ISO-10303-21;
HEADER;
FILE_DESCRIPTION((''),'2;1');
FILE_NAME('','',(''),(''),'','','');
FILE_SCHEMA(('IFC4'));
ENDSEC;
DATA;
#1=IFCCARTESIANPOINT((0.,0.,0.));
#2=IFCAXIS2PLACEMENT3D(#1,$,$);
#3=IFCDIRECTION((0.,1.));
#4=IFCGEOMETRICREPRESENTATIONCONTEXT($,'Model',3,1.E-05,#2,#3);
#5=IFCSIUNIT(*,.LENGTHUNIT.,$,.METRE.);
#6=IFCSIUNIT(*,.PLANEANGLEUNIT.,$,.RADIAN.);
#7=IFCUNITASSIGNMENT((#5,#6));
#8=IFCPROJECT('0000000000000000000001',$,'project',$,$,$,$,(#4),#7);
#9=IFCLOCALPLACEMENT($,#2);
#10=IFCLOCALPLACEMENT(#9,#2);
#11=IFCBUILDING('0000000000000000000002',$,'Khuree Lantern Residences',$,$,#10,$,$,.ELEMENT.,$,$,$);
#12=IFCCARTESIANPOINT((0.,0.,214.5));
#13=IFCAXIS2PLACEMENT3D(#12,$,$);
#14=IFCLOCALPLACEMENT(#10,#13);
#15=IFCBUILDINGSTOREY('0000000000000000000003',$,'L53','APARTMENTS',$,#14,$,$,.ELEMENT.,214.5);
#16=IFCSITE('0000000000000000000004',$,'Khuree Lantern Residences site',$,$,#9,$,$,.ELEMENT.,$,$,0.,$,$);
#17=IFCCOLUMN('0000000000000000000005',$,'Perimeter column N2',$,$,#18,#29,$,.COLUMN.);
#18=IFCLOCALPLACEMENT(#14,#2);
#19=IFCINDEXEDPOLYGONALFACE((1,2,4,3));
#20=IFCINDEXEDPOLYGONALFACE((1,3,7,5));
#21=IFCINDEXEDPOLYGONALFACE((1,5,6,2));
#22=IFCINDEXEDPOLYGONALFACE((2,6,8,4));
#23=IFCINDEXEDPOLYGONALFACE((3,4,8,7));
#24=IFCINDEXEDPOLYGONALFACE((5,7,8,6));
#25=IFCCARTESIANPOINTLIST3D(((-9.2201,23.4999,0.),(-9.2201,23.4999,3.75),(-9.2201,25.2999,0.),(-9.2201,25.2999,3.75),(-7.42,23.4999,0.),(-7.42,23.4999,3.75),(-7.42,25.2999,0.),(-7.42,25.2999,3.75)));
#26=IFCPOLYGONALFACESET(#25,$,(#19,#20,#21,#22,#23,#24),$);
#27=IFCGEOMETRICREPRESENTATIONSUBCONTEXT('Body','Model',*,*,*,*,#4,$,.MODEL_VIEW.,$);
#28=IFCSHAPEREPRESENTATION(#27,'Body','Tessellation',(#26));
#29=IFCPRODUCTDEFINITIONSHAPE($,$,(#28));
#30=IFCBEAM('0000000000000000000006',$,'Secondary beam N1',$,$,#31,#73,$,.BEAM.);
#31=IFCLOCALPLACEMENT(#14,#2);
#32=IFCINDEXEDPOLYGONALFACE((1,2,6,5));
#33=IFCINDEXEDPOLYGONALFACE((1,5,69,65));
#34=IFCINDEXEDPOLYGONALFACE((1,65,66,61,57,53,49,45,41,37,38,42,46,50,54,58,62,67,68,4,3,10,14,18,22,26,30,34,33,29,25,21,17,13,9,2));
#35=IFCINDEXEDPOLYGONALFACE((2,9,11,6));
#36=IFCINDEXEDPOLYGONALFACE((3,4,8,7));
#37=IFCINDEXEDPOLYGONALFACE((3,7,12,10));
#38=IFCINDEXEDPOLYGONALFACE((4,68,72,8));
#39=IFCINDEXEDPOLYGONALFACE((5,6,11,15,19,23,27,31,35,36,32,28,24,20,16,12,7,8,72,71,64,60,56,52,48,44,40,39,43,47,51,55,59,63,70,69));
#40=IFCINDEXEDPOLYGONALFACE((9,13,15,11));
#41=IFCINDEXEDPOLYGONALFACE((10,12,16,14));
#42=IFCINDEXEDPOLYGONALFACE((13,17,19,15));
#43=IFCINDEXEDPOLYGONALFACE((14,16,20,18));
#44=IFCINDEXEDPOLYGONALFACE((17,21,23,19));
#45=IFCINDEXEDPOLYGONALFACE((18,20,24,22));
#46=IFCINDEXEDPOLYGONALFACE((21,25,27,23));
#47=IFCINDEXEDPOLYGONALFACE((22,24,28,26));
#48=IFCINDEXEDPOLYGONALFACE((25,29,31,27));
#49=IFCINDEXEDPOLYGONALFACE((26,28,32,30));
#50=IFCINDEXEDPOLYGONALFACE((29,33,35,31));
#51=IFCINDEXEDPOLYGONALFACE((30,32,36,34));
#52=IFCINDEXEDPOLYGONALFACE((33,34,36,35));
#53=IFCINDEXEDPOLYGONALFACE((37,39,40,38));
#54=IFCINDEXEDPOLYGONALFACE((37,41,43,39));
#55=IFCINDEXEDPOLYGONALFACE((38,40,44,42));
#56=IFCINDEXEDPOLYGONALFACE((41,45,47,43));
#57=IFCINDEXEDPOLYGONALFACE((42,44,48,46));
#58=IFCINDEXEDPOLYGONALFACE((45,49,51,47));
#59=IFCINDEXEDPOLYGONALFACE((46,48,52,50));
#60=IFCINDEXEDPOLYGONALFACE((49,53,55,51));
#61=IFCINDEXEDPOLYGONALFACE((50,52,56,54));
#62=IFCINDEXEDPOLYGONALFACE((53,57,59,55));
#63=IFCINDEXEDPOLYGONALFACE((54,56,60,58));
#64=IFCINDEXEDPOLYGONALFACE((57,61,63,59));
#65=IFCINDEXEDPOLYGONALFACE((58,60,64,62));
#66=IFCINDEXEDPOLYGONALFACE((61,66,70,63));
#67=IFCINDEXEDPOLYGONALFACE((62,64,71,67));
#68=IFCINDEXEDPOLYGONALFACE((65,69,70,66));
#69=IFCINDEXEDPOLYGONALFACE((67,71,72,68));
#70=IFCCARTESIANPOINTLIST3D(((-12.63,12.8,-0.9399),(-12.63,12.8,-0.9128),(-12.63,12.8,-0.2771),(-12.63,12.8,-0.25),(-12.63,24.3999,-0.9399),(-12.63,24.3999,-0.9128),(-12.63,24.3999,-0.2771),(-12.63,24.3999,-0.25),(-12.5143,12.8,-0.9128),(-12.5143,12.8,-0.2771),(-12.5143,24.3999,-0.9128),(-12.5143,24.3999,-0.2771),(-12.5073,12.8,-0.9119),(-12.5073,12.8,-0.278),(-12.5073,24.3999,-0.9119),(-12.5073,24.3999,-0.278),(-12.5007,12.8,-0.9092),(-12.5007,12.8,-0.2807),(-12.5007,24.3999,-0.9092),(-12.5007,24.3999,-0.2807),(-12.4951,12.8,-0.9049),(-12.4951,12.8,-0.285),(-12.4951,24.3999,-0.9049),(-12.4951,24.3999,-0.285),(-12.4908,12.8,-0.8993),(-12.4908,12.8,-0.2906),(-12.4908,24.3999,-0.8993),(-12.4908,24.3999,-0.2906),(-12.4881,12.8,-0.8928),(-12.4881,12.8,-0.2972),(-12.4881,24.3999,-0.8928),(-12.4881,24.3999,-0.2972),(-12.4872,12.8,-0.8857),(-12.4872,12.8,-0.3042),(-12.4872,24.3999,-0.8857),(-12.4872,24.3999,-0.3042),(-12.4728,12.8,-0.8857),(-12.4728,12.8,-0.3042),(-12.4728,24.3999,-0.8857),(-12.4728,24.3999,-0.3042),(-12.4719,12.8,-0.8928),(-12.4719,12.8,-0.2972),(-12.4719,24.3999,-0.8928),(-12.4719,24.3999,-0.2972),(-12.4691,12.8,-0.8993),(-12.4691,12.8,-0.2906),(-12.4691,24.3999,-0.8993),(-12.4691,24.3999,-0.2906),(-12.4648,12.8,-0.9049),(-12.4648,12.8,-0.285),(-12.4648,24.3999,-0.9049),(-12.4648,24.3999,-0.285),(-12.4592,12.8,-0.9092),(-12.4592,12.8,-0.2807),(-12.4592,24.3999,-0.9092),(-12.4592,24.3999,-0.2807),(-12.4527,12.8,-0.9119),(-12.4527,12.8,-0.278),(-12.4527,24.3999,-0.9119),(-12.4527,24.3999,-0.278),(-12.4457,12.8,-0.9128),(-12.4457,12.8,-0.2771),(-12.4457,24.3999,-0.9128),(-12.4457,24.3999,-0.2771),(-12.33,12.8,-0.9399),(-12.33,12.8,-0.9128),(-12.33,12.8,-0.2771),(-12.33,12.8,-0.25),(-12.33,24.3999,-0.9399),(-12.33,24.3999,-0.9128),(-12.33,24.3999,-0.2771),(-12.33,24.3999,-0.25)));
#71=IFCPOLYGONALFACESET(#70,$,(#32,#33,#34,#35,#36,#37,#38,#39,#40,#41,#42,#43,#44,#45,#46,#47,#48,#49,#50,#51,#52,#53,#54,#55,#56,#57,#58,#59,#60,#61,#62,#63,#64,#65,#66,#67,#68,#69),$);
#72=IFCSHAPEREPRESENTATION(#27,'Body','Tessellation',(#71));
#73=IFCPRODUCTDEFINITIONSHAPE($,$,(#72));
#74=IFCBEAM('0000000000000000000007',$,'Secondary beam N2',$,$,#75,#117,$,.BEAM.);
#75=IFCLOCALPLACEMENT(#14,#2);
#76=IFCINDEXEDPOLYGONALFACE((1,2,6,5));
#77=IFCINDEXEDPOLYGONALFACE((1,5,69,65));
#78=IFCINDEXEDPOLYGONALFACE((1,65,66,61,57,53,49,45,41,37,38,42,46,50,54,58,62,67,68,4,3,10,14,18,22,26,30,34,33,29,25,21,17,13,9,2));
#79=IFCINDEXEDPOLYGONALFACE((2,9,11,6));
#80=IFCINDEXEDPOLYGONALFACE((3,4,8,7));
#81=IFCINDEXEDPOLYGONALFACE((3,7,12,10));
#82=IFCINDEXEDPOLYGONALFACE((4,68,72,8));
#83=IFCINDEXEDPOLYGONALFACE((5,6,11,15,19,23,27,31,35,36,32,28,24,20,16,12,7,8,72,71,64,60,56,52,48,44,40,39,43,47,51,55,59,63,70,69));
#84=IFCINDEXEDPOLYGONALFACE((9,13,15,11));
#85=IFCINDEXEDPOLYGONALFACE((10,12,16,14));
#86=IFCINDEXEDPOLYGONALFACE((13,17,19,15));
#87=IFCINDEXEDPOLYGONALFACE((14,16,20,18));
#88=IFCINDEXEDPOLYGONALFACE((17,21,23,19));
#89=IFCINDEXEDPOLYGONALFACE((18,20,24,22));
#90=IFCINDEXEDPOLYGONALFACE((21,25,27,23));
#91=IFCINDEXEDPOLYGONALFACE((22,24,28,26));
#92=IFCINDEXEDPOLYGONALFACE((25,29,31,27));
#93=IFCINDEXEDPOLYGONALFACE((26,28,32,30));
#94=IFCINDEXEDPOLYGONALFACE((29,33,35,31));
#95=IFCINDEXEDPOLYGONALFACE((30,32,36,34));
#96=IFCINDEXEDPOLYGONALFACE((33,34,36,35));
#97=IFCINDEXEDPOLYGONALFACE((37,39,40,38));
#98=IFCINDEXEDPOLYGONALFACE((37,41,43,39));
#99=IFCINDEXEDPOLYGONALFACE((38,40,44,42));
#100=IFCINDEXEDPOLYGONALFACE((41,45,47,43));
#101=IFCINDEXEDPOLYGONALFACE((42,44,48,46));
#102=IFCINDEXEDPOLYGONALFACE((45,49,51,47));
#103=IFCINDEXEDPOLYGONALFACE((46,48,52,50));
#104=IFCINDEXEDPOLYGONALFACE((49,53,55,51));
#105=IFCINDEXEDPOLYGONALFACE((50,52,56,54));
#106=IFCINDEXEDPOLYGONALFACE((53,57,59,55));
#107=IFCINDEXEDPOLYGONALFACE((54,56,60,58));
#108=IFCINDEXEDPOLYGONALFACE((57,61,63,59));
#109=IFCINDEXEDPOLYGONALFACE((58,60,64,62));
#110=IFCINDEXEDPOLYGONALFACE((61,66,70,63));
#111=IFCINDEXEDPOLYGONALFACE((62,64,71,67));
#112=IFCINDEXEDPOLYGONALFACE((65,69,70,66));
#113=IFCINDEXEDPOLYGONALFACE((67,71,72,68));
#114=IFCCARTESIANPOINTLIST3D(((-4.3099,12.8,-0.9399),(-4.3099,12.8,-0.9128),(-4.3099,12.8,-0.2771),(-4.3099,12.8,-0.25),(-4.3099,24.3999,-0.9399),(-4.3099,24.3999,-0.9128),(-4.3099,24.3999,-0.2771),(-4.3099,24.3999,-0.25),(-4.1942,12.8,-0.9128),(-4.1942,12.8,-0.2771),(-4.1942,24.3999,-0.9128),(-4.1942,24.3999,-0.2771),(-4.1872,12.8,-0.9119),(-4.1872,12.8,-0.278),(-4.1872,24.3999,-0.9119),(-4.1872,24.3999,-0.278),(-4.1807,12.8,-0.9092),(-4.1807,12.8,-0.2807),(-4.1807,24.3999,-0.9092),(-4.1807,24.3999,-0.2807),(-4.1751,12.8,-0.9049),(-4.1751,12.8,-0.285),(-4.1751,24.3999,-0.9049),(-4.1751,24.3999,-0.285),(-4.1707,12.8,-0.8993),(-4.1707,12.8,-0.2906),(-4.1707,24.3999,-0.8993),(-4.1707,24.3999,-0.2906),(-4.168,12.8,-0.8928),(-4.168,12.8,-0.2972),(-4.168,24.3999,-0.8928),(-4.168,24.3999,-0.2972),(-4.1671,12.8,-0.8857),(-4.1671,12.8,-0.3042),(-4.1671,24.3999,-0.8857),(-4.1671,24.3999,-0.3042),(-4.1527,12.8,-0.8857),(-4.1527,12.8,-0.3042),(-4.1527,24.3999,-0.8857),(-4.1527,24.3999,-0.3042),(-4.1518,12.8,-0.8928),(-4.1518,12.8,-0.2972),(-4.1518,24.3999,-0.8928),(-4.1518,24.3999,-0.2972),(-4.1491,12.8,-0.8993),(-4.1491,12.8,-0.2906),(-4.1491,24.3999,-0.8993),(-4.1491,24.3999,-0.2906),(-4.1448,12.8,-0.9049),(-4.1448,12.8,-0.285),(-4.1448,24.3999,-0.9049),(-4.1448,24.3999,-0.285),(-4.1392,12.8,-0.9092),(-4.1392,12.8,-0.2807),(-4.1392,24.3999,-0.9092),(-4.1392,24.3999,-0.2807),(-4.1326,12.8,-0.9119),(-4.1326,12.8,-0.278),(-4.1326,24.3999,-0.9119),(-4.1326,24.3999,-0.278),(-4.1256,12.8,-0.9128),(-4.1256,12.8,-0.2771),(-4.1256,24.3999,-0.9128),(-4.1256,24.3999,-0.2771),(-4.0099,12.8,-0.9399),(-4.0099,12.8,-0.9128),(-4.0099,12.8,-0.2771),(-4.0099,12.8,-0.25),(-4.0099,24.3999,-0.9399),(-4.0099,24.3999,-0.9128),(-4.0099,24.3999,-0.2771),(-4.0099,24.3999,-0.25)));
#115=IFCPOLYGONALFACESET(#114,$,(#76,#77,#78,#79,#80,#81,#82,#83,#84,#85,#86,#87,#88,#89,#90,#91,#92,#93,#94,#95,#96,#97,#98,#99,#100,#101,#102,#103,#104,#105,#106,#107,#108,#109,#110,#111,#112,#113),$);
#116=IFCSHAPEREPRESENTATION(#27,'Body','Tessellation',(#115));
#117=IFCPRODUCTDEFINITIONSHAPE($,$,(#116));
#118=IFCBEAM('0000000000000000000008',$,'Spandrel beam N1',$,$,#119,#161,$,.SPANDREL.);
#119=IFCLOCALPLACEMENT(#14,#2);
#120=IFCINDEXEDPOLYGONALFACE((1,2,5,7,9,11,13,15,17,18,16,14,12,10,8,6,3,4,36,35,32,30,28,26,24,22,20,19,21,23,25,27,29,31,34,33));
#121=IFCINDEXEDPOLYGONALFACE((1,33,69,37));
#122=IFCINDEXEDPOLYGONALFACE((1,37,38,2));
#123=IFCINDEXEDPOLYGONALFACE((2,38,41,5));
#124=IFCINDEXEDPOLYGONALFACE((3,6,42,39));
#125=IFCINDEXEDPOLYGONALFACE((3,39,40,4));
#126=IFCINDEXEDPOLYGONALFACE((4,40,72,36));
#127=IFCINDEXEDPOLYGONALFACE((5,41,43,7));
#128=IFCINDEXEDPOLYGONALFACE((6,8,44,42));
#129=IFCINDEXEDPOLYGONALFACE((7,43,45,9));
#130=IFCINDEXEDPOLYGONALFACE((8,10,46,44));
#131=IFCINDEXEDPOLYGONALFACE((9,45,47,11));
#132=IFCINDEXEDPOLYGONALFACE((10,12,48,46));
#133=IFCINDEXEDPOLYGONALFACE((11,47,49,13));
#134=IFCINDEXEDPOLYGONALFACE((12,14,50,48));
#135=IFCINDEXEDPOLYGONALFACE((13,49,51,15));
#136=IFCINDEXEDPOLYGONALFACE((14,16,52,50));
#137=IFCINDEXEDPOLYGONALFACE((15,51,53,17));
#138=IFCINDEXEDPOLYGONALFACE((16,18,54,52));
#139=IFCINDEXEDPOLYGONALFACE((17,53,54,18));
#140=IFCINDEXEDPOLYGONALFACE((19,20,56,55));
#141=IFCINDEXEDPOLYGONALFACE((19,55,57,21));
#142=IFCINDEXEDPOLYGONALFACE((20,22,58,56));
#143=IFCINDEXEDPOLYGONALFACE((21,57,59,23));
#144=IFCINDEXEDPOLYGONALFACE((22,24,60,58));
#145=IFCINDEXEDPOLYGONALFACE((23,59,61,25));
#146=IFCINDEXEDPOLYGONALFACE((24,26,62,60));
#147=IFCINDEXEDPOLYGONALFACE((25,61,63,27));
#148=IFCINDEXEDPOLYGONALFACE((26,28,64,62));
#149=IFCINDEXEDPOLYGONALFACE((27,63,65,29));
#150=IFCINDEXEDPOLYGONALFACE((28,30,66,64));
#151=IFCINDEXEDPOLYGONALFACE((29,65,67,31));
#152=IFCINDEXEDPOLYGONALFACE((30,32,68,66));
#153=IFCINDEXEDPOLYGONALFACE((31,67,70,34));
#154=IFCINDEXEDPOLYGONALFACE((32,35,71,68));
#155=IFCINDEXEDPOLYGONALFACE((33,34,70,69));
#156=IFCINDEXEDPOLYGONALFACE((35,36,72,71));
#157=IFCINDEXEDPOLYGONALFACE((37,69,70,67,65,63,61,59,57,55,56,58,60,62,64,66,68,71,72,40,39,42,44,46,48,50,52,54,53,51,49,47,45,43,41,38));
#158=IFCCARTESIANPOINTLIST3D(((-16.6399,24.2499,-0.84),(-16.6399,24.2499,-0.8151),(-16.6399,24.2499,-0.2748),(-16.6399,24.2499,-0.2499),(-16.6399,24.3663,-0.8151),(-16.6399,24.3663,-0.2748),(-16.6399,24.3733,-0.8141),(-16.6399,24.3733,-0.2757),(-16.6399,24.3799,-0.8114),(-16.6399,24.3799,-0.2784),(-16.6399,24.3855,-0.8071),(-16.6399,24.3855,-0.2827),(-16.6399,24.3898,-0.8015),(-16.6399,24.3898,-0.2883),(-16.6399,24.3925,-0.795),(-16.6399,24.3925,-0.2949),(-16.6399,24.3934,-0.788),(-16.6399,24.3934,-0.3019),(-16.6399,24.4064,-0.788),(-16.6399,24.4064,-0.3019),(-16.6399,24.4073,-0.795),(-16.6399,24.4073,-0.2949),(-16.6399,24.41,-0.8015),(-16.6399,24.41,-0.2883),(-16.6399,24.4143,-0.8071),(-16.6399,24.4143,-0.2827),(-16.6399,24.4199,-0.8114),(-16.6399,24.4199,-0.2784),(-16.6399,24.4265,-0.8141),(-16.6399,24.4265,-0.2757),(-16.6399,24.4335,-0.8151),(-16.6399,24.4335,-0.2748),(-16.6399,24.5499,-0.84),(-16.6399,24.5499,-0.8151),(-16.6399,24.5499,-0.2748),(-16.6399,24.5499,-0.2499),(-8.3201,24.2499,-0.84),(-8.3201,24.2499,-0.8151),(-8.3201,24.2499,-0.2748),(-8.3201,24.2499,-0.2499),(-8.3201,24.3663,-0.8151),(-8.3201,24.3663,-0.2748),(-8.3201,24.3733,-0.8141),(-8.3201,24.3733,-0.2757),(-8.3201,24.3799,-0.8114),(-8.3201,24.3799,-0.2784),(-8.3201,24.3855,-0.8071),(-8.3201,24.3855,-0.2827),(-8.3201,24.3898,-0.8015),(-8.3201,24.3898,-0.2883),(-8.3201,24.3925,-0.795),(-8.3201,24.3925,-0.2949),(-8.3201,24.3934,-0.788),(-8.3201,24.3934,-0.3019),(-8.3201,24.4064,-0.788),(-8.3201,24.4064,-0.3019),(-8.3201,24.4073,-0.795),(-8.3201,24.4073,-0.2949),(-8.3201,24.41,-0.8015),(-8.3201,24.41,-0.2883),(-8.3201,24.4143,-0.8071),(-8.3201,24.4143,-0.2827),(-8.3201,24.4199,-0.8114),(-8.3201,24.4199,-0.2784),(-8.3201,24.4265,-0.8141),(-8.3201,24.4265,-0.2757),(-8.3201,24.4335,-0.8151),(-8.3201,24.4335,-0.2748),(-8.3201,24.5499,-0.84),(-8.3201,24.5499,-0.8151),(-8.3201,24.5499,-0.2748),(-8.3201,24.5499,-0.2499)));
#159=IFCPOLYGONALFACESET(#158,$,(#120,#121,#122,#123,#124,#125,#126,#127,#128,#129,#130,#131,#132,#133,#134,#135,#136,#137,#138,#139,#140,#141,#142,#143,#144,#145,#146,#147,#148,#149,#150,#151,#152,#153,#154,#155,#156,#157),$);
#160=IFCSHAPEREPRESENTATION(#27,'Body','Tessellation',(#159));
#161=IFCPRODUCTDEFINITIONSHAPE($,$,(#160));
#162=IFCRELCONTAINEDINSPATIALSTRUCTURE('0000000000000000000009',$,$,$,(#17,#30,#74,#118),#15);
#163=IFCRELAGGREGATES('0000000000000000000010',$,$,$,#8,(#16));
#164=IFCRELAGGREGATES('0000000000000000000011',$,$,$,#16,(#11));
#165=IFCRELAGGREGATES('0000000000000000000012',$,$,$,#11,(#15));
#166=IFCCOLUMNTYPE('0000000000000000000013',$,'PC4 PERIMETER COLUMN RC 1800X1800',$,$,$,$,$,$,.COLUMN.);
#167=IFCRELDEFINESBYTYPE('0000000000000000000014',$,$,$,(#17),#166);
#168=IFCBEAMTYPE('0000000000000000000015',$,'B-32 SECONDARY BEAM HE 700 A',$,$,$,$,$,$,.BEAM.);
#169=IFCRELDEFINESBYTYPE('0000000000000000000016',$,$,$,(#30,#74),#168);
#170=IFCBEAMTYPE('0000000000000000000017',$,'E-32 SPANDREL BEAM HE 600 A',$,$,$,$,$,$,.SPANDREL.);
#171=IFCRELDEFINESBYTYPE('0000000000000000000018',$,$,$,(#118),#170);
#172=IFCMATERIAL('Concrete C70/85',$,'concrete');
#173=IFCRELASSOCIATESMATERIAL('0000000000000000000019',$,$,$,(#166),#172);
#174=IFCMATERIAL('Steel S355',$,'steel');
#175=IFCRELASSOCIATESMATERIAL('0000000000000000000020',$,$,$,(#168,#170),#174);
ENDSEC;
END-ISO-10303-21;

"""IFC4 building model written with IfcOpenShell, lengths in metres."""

from ifc_helpers import new_model, si_unit, direction, frame, origin, origin_2d, place, context, subcontext, project, spatial, rectangle, i_section, extrude, material, material_profile, profile_set, type_object, element, save


model = new_model("IFC4")

# Units and contexts
model_context = context("Model", 3, precision=1e-05, world=origin(), true_north=direction((0.0, 1.0)))
body_context = subcontext(model_context, "Body", "Model", "MODEL_VIEW")
ifc_project = project(units=[si_unit("LENGTHUNIT", "METRE"), si_unit("PLANEANGLEUNIT", "RADIAN")], contexts=[model_context])

# Site, building, storey
site_placement = place(None, origin())
site = spatial("IfcSite", under=ifc_project, at=site_placement, Name="Khuree Lantern Residences site", CompositionType="ELEMENT", RefElevation=0.0)
building_placement = place(site_placement, origin())
building = spatial("IfcBuilding", under=site, at=building_placement, Name="Khuree Lantern Residences", CompositionType="ELEMENT")
storey_placement = place(building_placement, frame((0.0, 0.0, 214.5)))
storey = spatial("IfcBuildingStorey", under=building, at=storey_placement, Name="L53", Description="APARTMENTS", CompositionType="ELEMENT", Elevation=214.5)

# Column
ifc_material_1 = material(Name="Concrete C70/85", Category="concrete")
ifc_material_profile_1 = material_profile(ifc_material_1, rectangle(XDim=1.8, YDim=1.8, at=origin_2d()), Name="RC 1800X1800")
ifc_profile_set_1 = profile_set([ifc_material_profile_1], Name="Concrete C70/85")
column_type = type_object("IfcColumnType", Name="PC4 PERIMETER COLUMN RC 1800X1800", PredefinedType="COLUMN", material=ifc_profile_set_1)
column_placement = place(storey_placement, frame((-8.3201, 24.3999, 0.0), z_axis=(0.0, 0.0, 1.0), x_axis=(1.0, 0.0, 0.0)))
element("IfcColumn", 1, at=column_placement, inside=storey, type_object=column_type, Name="Perimeter column N2", PredefinedType="COLUMN", context=body_context, shape_type="SweptSolid", body=[
    extrude(rectangle(XDim=1.8, YDim=1.8, at=origin_2d()), origin(), (0.0, 0.0, 1.0), 3.75),
])

# Beams
ifc_material_2 = material(Name="Steel S355", Category="steel")
ifc_material_profile_2 = material_profile(ifc_material_2, i_section(OverallWidth=0.3, OverallDepth=0.6899, WebThickness=0.0144, FlangeThickness=0.0271, FilletRadius=0.0271, at=origin_2d()), Name="HE 700 A")
ifc_profile_set_2 = profile_set([ifc_material_profile_2], Name="Steel S355")
beam_type_1 = type_object("IfcBeamType", Name="B-32 SECONDARY BEAM HE 700 A", PredefinedType="BEAM", material=ifc_profile_set_2)
for number, where, z_axis, x_axis, name in (
    (2, (-12.48, 24.3999, -0.595), (0.0, -1.0, 0.0), (1.0, 0.0, 0.0), "Secondary beam N1"),
    (3, (-4.1599, 24.3999, -0.595), (0.0, -1.0, 0.0), (1.0, 0.0, 0.0), "Secondary beam N2"),
):
    element("IfcBeam", number, at=place(storey_placement, frame(where, z_axis=z_axis, x_axis=x_axis)), inside=storey, type_object=beam_type_1, Name=name, PredefinedType="BEAM", context=body_context, shape_type="SweptSolid", body=[
        extrude(i_section(OverallWidth=0.3, OverallDepth=0.6899, WebThickness=0.0144, FlangeThickness=0.0271, FilletRadius=0.0271, at=origin_2d()), origin(), (0.0, 0.0, 1.0), 11.5999),
    ])
ifc_material_profile_3 = material_profile(ifc_material_2, i_section(OverallWidth=0.3, OverallDepth=0.5901, WebThickness=0.0129, FlangeThickness=0.0249, FilletRadius=0.0271, at=origin_2d()), Name="HE 600 A")
ifc_profile_set_3 = profile_set([ifc_material_profile_3], Name="Steel S355")
beam_type_2 = type_object("IfcBeamType", Name="E-32 SPANDREL BEAM HE 600 A", PredefinedType="SPANDREL", material=ifc_profile_set_3)
beam_1_placement = place(storey_placement, frame((-16.6399, 24.3999, -0.5449), z_axis=(1.0, 0.0, 0.0), x_axis=(0.0, 1.0, 0.0)))
element("IfcBeam", 4, at=beam_1_placement, inside=storey, type_object=beam_type_2, Name="Spandrel beam N1", PredefinedType="SPANDREL", context=body_context, shape_type="SweptSolid", body=[
    extrude(i_section(OverallWidth=0.3, OverallDepth=0.5901, WebThickness=0.0129, FlangeThickness=0.0249, FilletRadius=0.0271, at=origin_2d()), origin(), (0.0, 0.0, 1.0), 8.3198),
])

save(model, "model.ifc")
